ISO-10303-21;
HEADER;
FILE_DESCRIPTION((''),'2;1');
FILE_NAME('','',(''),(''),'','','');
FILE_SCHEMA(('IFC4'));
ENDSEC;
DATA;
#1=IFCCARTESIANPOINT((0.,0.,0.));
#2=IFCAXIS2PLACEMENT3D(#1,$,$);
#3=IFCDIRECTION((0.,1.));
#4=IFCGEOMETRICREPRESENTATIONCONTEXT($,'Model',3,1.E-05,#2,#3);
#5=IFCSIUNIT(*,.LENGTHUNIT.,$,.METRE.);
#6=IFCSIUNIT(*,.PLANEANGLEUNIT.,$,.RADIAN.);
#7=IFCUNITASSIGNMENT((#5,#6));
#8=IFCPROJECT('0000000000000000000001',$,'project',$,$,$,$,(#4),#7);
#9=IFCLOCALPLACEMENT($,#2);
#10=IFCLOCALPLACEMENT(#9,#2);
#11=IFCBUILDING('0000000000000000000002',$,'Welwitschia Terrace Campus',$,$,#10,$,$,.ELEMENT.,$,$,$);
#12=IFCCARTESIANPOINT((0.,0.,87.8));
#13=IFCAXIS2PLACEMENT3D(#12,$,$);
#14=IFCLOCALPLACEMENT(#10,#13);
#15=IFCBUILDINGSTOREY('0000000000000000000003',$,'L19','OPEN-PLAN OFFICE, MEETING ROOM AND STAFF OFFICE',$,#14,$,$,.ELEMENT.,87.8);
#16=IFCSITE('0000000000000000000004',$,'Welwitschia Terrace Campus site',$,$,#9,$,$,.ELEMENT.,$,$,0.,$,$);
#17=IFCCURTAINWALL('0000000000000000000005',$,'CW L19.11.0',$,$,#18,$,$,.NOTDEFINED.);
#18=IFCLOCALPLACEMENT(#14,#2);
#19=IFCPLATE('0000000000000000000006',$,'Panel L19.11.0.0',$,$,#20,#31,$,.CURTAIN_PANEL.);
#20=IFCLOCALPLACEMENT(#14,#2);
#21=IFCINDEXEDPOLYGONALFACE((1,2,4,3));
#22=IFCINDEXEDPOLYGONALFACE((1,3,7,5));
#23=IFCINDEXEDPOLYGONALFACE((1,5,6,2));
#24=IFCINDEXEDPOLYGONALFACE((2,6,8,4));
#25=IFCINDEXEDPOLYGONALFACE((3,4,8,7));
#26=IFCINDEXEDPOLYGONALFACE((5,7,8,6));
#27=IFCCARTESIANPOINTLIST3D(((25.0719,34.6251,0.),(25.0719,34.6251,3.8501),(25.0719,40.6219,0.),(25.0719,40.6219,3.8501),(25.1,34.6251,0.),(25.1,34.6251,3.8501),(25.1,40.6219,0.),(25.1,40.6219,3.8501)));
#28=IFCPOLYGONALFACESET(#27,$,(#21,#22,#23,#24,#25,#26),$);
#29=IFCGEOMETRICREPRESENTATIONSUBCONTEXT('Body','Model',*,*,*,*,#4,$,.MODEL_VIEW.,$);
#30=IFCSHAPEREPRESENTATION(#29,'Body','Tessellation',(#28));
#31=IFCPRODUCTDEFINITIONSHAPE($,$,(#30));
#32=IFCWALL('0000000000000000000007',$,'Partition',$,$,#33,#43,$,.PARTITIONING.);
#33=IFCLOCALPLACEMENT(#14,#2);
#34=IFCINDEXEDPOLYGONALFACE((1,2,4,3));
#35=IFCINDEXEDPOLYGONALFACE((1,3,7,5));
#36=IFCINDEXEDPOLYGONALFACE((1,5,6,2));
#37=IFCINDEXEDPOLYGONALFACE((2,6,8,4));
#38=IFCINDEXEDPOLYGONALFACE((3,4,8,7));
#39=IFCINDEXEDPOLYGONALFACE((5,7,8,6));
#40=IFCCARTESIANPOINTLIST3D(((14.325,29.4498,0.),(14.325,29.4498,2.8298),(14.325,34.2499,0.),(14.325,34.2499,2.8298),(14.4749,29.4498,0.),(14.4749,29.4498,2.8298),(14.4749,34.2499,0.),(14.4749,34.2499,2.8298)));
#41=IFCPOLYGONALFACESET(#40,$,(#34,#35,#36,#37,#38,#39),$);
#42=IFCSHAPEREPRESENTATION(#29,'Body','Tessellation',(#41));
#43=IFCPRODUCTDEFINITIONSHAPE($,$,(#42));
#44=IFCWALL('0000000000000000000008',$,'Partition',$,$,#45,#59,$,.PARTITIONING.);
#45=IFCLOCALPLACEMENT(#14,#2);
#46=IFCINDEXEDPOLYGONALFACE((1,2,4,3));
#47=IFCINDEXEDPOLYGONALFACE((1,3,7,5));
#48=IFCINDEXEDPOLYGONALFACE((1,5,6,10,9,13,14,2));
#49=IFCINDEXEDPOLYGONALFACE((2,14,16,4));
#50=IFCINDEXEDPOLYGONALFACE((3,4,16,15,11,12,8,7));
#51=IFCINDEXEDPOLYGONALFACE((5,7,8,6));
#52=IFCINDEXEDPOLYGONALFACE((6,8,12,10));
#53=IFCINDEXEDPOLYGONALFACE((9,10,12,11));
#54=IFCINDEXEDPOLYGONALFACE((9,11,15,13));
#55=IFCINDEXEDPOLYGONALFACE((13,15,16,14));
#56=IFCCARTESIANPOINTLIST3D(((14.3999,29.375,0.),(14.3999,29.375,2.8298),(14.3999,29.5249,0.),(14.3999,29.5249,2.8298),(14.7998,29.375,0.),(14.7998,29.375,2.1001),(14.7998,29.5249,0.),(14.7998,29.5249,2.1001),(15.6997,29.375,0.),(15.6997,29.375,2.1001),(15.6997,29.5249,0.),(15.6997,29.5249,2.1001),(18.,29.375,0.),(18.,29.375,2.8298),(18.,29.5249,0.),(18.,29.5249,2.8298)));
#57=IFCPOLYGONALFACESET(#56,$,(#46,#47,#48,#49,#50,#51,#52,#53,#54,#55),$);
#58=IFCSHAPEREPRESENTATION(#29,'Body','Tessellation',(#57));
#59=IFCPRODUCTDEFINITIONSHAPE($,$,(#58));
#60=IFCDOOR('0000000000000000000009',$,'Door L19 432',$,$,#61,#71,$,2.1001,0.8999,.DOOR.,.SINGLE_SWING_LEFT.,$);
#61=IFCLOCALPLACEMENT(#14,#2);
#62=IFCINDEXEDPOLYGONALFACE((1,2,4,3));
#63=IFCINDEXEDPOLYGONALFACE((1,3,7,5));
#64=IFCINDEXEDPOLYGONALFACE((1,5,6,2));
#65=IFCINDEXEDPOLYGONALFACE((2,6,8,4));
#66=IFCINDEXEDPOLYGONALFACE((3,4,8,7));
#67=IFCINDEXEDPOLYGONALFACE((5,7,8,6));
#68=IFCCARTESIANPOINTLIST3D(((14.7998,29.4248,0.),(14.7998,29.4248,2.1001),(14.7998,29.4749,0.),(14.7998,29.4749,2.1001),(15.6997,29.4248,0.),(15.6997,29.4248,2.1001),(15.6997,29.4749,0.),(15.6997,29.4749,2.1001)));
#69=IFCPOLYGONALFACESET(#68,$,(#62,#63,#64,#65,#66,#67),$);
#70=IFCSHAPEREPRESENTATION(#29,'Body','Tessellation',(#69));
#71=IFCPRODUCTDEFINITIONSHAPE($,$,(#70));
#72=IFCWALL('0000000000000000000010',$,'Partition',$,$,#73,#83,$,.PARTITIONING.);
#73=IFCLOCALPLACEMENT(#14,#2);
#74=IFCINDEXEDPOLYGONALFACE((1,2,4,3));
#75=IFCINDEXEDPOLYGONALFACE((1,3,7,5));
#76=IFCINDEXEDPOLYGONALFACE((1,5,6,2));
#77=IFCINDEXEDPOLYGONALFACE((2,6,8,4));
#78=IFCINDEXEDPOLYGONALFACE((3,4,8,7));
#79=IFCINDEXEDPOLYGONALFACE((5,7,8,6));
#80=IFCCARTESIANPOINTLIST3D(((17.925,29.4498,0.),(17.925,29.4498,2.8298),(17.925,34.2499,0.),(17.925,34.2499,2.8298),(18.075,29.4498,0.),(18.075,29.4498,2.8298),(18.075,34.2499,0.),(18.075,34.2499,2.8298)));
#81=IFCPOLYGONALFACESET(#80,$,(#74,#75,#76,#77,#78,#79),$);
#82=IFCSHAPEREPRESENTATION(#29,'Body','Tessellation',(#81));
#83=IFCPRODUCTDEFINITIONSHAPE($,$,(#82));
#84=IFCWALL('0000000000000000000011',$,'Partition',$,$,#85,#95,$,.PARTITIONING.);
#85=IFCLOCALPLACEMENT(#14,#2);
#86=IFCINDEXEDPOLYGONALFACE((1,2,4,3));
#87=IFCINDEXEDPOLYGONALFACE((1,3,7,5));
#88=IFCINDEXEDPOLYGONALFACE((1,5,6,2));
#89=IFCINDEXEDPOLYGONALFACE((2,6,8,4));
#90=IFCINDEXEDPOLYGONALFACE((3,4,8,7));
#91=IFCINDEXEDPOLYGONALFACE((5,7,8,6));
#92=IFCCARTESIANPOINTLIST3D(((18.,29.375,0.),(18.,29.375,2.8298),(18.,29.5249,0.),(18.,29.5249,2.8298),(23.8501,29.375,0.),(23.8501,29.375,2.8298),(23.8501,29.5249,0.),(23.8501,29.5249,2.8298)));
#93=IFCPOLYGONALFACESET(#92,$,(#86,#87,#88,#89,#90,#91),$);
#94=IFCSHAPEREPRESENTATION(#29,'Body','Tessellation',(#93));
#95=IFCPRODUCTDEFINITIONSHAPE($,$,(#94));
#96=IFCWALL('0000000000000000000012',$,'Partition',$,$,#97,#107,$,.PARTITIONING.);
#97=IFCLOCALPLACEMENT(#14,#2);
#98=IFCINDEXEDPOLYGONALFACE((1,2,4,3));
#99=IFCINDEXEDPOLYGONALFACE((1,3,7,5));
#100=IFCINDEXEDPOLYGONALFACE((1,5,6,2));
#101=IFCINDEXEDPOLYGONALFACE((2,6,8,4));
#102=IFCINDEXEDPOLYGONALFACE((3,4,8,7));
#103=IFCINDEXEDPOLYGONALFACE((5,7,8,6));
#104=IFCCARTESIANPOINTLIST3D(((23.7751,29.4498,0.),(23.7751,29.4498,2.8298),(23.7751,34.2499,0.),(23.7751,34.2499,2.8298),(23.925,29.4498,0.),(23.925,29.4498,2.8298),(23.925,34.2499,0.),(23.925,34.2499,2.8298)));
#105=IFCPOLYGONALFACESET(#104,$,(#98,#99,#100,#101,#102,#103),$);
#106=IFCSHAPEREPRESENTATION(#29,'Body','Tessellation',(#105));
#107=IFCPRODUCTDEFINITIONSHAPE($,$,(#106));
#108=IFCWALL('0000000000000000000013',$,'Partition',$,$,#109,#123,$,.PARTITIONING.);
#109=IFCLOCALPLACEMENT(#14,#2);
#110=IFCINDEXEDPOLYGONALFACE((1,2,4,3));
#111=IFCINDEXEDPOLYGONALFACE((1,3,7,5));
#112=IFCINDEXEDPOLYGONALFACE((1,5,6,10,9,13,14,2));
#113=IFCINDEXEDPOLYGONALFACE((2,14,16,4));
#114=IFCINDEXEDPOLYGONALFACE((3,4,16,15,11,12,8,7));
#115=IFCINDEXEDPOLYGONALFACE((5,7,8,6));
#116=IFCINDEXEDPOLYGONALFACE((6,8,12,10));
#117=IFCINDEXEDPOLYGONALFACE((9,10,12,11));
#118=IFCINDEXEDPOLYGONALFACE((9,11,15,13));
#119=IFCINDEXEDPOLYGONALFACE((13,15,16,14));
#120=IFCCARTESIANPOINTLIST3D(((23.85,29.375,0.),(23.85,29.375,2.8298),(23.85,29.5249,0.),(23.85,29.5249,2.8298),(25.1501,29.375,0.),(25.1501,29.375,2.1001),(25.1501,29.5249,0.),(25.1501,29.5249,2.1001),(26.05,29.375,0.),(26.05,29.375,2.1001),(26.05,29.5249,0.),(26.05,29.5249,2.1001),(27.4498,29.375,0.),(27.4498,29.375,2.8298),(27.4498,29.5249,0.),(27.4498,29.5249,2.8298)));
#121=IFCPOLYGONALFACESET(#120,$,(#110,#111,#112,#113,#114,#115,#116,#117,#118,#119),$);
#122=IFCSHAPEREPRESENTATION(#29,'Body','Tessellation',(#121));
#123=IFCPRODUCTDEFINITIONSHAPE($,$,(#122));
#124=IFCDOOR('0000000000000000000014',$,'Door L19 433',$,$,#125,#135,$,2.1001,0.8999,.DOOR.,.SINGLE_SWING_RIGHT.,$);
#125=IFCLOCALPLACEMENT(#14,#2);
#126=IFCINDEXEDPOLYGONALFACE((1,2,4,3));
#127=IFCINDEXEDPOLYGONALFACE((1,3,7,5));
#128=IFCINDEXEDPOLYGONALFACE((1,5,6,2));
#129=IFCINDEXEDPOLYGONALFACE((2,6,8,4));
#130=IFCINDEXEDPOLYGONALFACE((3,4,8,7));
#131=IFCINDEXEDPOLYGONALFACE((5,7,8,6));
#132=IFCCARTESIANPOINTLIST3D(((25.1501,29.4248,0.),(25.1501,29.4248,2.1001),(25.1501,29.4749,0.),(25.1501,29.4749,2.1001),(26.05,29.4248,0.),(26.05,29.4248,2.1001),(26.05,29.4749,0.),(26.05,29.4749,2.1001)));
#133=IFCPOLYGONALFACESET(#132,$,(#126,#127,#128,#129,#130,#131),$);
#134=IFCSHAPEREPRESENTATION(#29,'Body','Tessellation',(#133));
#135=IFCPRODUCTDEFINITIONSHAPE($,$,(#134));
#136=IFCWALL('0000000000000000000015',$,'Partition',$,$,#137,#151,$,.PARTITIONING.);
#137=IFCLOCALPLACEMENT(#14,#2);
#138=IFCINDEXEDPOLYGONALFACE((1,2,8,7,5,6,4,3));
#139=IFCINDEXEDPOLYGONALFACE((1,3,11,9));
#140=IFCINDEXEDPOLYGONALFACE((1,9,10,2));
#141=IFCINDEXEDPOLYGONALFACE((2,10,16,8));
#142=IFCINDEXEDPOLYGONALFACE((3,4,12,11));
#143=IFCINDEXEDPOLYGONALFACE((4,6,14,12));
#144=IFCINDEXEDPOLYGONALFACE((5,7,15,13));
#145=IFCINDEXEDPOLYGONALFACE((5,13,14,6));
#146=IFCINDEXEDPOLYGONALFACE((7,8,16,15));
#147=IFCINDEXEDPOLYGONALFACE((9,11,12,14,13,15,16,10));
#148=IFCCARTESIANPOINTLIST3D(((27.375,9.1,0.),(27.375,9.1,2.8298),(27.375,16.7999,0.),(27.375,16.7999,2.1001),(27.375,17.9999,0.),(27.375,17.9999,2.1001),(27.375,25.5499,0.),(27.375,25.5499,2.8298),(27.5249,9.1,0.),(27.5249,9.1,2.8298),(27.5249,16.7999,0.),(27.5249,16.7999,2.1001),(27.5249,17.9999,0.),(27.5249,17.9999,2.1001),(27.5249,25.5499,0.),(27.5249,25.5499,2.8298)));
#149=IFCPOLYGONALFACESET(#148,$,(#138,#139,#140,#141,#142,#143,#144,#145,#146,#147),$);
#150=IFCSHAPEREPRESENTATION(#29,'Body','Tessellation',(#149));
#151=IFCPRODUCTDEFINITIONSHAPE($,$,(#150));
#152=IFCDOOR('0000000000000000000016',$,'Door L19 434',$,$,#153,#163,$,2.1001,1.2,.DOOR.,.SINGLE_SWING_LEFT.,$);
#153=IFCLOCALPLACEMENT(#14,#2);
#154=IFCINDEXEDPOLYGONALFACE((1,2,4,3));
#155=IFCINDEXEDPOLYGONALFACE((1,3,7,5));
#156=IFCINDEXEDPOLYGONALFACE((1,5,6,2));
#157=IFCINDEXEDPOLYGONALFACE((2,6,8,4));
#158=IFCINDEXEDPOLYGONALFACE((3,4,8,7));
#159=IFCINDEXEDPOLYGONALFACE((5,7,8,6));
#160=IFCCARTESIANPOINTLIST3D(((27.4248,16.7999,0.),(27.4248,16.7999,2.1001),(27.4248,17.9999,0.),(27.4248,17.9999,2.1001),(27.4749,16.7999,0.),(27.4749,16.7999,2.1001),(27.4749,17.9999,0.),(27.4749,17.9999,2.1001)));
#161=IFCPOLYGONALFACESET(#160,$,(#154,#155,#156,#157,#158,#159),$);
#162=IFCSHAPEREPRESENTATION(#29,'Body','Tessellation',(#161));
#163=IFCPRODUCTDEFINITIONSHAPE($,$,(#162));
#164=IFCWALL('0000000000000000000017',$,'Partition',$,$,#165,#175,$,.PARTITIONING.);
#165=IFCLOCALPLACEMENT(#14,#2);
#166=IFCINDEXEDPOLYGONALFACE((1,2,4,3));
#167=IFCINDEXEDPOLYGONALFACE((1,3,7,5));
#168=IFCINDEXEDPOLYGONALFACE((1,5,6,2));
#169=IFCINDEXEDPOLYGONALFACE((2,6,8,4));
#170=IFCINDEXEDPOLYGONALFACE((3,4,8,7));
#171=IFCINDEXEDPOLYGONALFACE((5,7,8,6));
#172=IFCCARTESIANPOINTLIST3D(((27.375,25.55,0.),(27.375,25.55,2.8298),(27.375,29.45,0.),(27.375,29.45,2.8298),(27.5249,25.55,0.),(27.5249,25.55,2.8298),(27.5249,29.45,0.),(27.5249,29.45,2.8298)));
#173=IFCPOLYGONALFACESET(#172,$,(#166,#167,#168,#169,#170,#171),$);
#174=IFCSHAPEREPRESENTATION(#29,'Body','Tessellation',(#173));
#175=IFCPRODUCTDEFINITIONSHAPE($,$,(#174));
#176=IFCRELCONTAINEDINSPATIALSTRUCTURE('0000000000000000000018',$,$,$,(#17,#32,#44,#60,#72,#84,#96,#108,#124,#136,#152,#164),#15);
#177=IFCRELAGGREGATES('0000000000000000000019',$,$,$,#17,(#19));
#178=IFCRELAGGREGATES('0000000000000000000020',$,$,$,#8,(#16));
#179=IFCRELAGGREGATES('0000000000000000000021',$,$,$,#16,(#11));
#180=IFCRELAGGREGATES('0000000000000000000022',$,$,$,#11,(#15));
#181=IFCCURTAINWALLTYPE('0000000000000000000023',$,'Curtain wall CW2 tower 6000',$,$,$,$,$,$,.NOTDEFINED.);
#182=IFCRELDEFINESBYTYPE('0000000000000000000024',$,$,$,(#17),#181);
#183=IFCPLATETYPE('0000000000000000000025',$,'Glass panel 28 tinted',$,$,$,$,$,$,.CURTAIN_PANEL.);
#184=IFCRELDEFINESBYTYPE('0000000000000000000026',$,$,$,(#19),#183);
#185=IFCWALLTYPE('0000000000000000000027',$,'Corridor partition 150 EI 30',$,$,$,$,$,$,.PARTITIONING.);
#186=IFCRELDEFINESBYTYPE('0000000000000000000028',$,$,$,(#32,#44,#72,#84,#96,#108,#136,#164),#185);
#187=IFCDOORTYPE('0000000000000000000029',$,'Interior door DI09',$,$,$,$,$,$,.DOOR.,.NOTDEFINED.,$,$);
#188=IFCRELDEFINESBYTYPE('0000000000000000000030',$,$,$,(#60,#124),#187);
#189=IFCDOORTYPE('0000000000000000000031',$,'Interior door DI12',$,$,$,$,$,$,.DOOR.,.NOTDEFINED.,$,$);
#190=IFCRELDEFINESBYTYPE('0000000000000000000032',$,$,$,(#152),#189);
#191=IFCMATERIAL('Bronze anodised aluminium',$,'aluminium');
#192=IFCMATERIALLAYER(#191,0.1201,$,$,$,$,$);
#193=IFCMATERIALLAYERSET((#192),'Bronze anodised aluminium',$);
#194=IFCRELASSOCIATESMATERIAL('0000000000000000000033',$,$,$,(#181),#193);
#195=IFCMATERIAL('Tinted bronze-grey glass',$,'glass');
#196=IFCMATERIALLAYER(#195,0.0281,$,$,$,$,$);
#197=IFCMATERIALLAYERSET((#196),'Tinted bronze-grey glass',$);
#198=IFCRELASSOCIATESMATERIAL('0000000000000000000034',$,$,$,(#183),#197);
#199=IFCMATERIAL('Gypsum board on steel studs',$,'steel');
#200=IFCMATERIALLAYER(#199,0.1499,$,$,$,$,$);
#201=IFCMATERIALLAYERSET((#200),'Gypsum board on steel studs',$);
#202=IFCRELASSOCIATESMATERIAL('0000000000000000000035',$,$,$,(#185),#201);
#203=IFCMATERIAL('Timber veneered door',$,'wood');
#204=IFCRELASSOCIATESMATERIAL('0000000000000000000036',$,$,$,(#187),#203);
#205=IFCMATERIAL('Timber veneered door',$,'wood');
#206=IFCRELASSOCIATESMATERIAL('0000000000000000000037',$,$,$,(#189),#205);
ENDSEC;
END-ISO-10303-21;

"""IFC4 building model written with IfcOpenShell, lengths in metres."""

from ifc_helpers import new_model, si_unit, direction, frame, frame_2d, origin, origin_2d, place, context, subcontext, project, spatial, rectangle, extrude, material, layer, layer_set, type_object, element, fill, aggregate, save


model = new_model("IFC4")

# Units and contexts
model_context = context("Model", 3, precision=1e-05, world=origin(), true_north=direction((0.0, 1.0)))
body_context = subcontext(model_context, "Body", "Model", "MODEL_VIEW")
ifc_project = project(units=[si_unit("LENGTHUNIT", "METRE"), si_unit("PLANEANGLEUNIT", "RADIAN")], contexts=[model_context])

# Site, building, storey
site_placement = place(None, origin())
site = spatial("IfcSite", under=ifc_project, at=site_placement, Name="Welwitschia Terrace Campus site", CompositionType="ELEMENT", RefElevation=0.0)
building_placement = place(site_placement, origin())
building = spatial("IfcBuilding", under=site, at=building_placement, Name="Welwitschia Terrace Campus", CompositionType="ELEMENT")
storey_placement = place(building_placement, frame((0.0, 0.0, 87.8)))
storey = spatial("IfcBuildingStorey", under=building, at=storey_placement, Name="L19", Description="OPEN-PLAN OFFICE, MEETING ROOM AND STAFF OFFICE", CompositionType="ELEMENT", Elevation=87.8)

# Curtain wall
ifc_material_1 = material(Name="Bronze anodised aluminium", Category="aluminium")
ifc_layer_1 = layer(ifc_material_1, 0.1201)
ifc_layer_set_1 = layer_set([ifc_layer_1], Name="Bronze anodised aluminium")
curtain_wall_type = type_object("IfcCurtainWallType", Name="Curtain wall CW2 tower 6000", PredefinedType="NOTDEFINED", material=ifc_layer_set_1)
curtain_wall_1_placement = place(storey_placement, origin())
curtain_wall_1 = element("IfcCurtainWall", 1, at=curtain_wall_1_placement, inside=storey, type_object=curtain_wall_type, Name="CW L19.11.0", PredefinedType="NOTDEFINED")

# Plate
ifc_material_2 = material(Name="Tinted bronze-grey glass", Category="glass")
ifc_layer_2 = layer(ifc_material_2, 0.0281)
ifc_layer_set_2 = layer_set([ifc_layer_2], Name="Tinted bronze-grey glass")
plate_type = type_object("IfcPlateType", Name="Glass panel 28 tinted", PredefinedType="CURTAIN_PANEL", material=ifc_layer_set_2)
plate_1_placement = place(storey_placement, frame((25.0859, 37.6235, 0.0), z_axis=(0.0, 0.0, 1.0), x_axis=(0.0, 1.0, 0.0)))
plate_1 = element("IfcPlate", 2, at=plate_1_placement, type_object=plate_type, Name="Panel L19.11.0.0", PredefinedType="CURTAIN_PANEL", context=body_context, shape_type="SweptSolid", body=[
    extrude(rectangle(XDim=5.9968, YDim=0.0281, at=origin_2d()), origin(), (0.0, 0.0, 1.0), 3.8501),
])
aggregate(curtain_wall_1, [plate_1])

# Wall
ifc_material_3 = material(Name="Gypsum board on steel studs", Category="steel")
ifc_layer_3 = layer(ifc_material_3, 0.1499)
ifc_layer_set_3 = layer_set([ifc_layer_3], Name="Gypsum board on steel studs")
wall_type = type_object("IfcWallType", Name="Corridor partition 150 EI 30", PredefinedType="PARTITIONING", material=ifc_layer_set_3)
wall_1_placement = place(storey_placement, frame((14.3999, 29.45, 0.0), z_axis=(0.0, 0.0, 1.0), x_axis=(0.0, 1.0, 0.0)))
element("IfcWall", 3, at=wall_1_placement, inside=storey, type_object=wall_type, Name="Partition", PredefinedType="PARTITIONING", context=body_context, shape_type="SweptSolid", body=[
    extrude(rectangle(XDim=4.8, YDim=0.1499, at=frame_2d((2.3999, 0.0))), origin(), (0.0, 0.0, 1.0), 2.8298),
])

# Wall, opening, door
wall_2_placement = place(storey_placement, frame((14.3999, 29.45, 0.0), z_axis=(0.0, 0.0, 1.0), x_axis=(1.0, 0.0, 0.0)))
wall_2 = element("IfcWall", 4, at=wall_2_placement, inside=storey, type_object=wall_type, Name="Partition", PredefinedType="PARTITIONING", context=body_context, shape_type="SweptSolid", body=[
    extrude(rectangle(XDim=3.6001, YDim=0.1499, at=frame_2d((1.8, 0.0))), origin(), (0.0, 0.0, 1.0), 2.8298),
])
opening_1_placement = place(wall_2_placement, frame((0.3999, 0.0, 0.0)))
opening_1 = element("IfcOpeningElement", 5, at=opening_1_placement, cuts=wall_2, PredefinedType="OPENING", context=body_context, shape_type="SweptSolid", body=[
    extrude(rectangle(XDim=0.8999, YDim=2.1001, at=frame_2d((0.45, 1.05))), frame((0.0, 0.085, 0.0), z_axis=(0.0, -1.0, 0.0), x_axis=(1.0, 0.0, 0.0)), (0.0, 0.0, 1.0), 0.1699),
])
ifc_material_4 = material(Name="Timber veneered door", Category="wood")
door_type_1 = type_object("IfcDoorType", Name="Interior door DI09", OperationType="NOTDEFINED", PredefinedType="DOOR", material=ifc_material_4)
door_1_placement = place(opening_1_placement, origin())
door_1 = element("IfcDoor", 6, at=door_1_placement, inside=storey, type_object=door_type_1, Name="Door L19 432", OperationType="SINGLE_SWING_LEFT", OverallHeight=2.1001, OverallWidth=0.8999, PredefinedType="DOOR", context=body_context, shape_type="SweptSolid", body=[
    extrude(rectangle(XDim=0.8999, YDim=2.1001, at=frame_2d((0.45, 1.05))), frame((0.0, 0.0249, 0.0), z_axis=(0.0, -1.0, 0.0), x_axis=(1.0, 0.0, 0.0)), (0.0, 0.0, 1.0), 0.05),
])
fill(opening_1, door_1)

# Walls
wall_3_placement = place(storey_placement, frame((18.0, 29.45, 0.0), z_axis=(0.0, 0.0, 1.0), x_axis=(0.0, 1.0, 0.0)))
element("IfcWall", 7, at=wall_3_placement, inside=storey, type_object=wall_type, Name="Partition", PredefinedType="PARTITIONING", context=body_context, shape_type="SweptSolid", body=[
    extrude(rectangle(XDim=4.8, YDim=0.1499, at=frame_2d((2.3999, 0.0))), origin(), (0.0, 0.0, 1.0), 2.8298),
])
wall_4_placement = place(storey_placement, frame((18.0, 29.45, 0.0), z_axis=(0.0, 0.0, 1.0), x_axis=(1.0, 0.0, 0.0)))
element("IfcWall", 8, at=wall_4_placement, inside=storey, type_object=wall_type, Name="Partition", PredefinedType="PARTITIONING", context=body_context, shape_type="SweptSolid", body=[
    extrude(rectangle(XDim=5.8501, YDim=0.1499, at=frame_2d((2.925, 0.0))), origin(), (0.0, 0.0, 1.0), 2.8298),
])
wall_5_placement = place(storey_placement, frame((23.8501, 29.45, 0.0), z_axis=(0.0, 0.0, 1.0), x_axis=(0.0, 1.0, 0.0)))
element("IfcWall", 9, at=wall_5_placement, inside=storey, type_object=wall_type, Name="Partition", PredefinedType="PARTITIONING", context=body_context, shape_type="SweptSolid", body=[
    extrude(rectangle(XDim=4.8, YDim=0.1499, at=frame_2d((2.3999, 0.0))), origin(), (0.0, 0.0, 1.0), 2.8298),
])

# Walls, openings, doors
wall_6_placement = place(storey_placement, frame((23.8501, 29.45, 0.0), z_axis=(0.0, 0.0, 1.0), x_axis=(1.0, 0.0, 0.0)))
wall_6 = element("IfcWall", 10, at=wall_6_placement, inside=storey, type_object=wall_type, Name="Partition", PredefinedType="PARTITIONING", context=body_context, shape_type="SweptSolid", body=[
    extrude(rectangle(XDim=3.5999, YDim=0.1499, at=frame_2d((1.7998, 0.0))), origin(), (0.0, 0.0, 1.0), 2.8298),
])
opening_2_placement = place(wall_6_placement, frame((1.3, 0.0, 0.0)))
opening_2 = element("IfcOpeningElement", 11, at=opening_2_placement, cuts=wall_6, PredefinedType="OPENING", context=body_context, shape_type="SweptSolid", body=[
    extrude(rectangle(XDim=0.8999, YDim=2.1001, at=frame_2d((0.45, 1.05))), frame((0.0, 0.085, 0.0), z_axis=(0.0, -1.0, 0.0), x_axis=(1.0, 0.0, 0.0)), (0.0, 0.0, 1.0), 0.1699),
])
door_2_placement = place(opening_2_placement, origin())
door_2 = element("IfcDoor", 12, at=door_2_placement, inside=storey, type_object=door_type_1, Name="Door L19 433", OperationType="SINGLE_SWING_RIGHT", OverallHeight=2.1001, OverallWidth=0.8999, PredefinedType="DOOR", context=body_context, shape_type="SweptSolid", body=[
    extrude(rectangle(XDim=0.8999, YDim=2.1001, at=frame_2d((0.45, 1.05))), frame((0.0, 0.0249, 0.0), z_axis=(0.0, -1.0, 0.0), x_axis=(1.0, 0.0, 0.0)), (0.0, 0.0, 1.0), 0.05),
])
fill(opening_2, door_2)
wall_7_placement = place(storey_placement, frame((27.45, 25.55, 0.0), z_axis=(0.0, 0.0, 1.0), x_axis=(0.0, -1.0, 0.0)))
wall_7 = element("IfcWall", 13, at=wall_7_placement, inside=storey, type_object=wall_type, Name="Partition", PredefinedType="PARTITIONING", context=body_context, shape_type="SweptSolid", body=[
    extrude(rectangle(XDim=16.45, YDim=0.1499, at=frame_2d((8.2251, 0.0))), origin(), (0.0, 0.0, 1.0), 2.8298),
])
opening_3_placement = place(wall_7_placement, frame((7.55, 0.0, 0.0)))
opening_3 = element("IfcOpeningElement", 14, at=opening_3_placement, cuts=wall_7, PredefinedType="OPENING", context=body_context, shape_type="SweptSolid", body=[
    extrude(rectangle(XDim=1.2, YDim=2.1001, at=frame_2d((0.6001, 1.05))), frame((0.0, 0.085, 0.0), z_axis=(0.0, -1.0, 0.0), x_axis=(1.0, 0.0, 0.0)), (0.0, 0.0, 1.0), 0.1699),
])
ifc_material_5 = material(Name="Timber veneered door", Category="wood")
door_type_2 = type_object("IfcDoorType", Name="Interior door DI12", OperationType="NOTDEFINED", PredefinedType="DOOR", material=ifc_material_5)
door_3_placement = place(opening_3_placement, origin())
door_3 = element("IfcDoor", 15, at=door_3_placement, inside=storey, type_object=door_type_2, Name="Door L19 434", OperationType="SINGLE_SWING_LEFT", OverallHeight=2.1001, OverallWidth=1.2, PredefinedType="DOOR", context=body_context, shape_type="SweptSolid", body=[
    extrude(rectangle(XDim=1.2, YDim=2.1001, at=frame_2d((0.6001, 1.05))), frame((0.0, 0.0249, 0.0), z_axis=(0.0, -1.0, 0.0), x_axis=(1.0, 0.0, 0.0)), (0.0, 0.0, 1.0), 0.05),
])
fill(opening_3, door_3)

# Wall
wall_8_placement = place(storey_placement, frame((27.45, 25.55, 0.0), z_axis=(0.0, 0.0, 1.0), x_axis=(0.0, 1.0, 0.0)))
element("IfcWall", 16, at=wall_8_placement, inside=storey, type_object=wall_type, Name="Partition", PredefinedType="PARTITIONING", context=body_context, shape_type="SweptSolid", body=[
    extrude(rectangle(XDim=3.8999, YDim=0.1499, at=frame_2d((1.95, 0.0))), origin(), (0.0, 0.0, 1.0), 2.8298),
])

save(model, "model.ifc")
